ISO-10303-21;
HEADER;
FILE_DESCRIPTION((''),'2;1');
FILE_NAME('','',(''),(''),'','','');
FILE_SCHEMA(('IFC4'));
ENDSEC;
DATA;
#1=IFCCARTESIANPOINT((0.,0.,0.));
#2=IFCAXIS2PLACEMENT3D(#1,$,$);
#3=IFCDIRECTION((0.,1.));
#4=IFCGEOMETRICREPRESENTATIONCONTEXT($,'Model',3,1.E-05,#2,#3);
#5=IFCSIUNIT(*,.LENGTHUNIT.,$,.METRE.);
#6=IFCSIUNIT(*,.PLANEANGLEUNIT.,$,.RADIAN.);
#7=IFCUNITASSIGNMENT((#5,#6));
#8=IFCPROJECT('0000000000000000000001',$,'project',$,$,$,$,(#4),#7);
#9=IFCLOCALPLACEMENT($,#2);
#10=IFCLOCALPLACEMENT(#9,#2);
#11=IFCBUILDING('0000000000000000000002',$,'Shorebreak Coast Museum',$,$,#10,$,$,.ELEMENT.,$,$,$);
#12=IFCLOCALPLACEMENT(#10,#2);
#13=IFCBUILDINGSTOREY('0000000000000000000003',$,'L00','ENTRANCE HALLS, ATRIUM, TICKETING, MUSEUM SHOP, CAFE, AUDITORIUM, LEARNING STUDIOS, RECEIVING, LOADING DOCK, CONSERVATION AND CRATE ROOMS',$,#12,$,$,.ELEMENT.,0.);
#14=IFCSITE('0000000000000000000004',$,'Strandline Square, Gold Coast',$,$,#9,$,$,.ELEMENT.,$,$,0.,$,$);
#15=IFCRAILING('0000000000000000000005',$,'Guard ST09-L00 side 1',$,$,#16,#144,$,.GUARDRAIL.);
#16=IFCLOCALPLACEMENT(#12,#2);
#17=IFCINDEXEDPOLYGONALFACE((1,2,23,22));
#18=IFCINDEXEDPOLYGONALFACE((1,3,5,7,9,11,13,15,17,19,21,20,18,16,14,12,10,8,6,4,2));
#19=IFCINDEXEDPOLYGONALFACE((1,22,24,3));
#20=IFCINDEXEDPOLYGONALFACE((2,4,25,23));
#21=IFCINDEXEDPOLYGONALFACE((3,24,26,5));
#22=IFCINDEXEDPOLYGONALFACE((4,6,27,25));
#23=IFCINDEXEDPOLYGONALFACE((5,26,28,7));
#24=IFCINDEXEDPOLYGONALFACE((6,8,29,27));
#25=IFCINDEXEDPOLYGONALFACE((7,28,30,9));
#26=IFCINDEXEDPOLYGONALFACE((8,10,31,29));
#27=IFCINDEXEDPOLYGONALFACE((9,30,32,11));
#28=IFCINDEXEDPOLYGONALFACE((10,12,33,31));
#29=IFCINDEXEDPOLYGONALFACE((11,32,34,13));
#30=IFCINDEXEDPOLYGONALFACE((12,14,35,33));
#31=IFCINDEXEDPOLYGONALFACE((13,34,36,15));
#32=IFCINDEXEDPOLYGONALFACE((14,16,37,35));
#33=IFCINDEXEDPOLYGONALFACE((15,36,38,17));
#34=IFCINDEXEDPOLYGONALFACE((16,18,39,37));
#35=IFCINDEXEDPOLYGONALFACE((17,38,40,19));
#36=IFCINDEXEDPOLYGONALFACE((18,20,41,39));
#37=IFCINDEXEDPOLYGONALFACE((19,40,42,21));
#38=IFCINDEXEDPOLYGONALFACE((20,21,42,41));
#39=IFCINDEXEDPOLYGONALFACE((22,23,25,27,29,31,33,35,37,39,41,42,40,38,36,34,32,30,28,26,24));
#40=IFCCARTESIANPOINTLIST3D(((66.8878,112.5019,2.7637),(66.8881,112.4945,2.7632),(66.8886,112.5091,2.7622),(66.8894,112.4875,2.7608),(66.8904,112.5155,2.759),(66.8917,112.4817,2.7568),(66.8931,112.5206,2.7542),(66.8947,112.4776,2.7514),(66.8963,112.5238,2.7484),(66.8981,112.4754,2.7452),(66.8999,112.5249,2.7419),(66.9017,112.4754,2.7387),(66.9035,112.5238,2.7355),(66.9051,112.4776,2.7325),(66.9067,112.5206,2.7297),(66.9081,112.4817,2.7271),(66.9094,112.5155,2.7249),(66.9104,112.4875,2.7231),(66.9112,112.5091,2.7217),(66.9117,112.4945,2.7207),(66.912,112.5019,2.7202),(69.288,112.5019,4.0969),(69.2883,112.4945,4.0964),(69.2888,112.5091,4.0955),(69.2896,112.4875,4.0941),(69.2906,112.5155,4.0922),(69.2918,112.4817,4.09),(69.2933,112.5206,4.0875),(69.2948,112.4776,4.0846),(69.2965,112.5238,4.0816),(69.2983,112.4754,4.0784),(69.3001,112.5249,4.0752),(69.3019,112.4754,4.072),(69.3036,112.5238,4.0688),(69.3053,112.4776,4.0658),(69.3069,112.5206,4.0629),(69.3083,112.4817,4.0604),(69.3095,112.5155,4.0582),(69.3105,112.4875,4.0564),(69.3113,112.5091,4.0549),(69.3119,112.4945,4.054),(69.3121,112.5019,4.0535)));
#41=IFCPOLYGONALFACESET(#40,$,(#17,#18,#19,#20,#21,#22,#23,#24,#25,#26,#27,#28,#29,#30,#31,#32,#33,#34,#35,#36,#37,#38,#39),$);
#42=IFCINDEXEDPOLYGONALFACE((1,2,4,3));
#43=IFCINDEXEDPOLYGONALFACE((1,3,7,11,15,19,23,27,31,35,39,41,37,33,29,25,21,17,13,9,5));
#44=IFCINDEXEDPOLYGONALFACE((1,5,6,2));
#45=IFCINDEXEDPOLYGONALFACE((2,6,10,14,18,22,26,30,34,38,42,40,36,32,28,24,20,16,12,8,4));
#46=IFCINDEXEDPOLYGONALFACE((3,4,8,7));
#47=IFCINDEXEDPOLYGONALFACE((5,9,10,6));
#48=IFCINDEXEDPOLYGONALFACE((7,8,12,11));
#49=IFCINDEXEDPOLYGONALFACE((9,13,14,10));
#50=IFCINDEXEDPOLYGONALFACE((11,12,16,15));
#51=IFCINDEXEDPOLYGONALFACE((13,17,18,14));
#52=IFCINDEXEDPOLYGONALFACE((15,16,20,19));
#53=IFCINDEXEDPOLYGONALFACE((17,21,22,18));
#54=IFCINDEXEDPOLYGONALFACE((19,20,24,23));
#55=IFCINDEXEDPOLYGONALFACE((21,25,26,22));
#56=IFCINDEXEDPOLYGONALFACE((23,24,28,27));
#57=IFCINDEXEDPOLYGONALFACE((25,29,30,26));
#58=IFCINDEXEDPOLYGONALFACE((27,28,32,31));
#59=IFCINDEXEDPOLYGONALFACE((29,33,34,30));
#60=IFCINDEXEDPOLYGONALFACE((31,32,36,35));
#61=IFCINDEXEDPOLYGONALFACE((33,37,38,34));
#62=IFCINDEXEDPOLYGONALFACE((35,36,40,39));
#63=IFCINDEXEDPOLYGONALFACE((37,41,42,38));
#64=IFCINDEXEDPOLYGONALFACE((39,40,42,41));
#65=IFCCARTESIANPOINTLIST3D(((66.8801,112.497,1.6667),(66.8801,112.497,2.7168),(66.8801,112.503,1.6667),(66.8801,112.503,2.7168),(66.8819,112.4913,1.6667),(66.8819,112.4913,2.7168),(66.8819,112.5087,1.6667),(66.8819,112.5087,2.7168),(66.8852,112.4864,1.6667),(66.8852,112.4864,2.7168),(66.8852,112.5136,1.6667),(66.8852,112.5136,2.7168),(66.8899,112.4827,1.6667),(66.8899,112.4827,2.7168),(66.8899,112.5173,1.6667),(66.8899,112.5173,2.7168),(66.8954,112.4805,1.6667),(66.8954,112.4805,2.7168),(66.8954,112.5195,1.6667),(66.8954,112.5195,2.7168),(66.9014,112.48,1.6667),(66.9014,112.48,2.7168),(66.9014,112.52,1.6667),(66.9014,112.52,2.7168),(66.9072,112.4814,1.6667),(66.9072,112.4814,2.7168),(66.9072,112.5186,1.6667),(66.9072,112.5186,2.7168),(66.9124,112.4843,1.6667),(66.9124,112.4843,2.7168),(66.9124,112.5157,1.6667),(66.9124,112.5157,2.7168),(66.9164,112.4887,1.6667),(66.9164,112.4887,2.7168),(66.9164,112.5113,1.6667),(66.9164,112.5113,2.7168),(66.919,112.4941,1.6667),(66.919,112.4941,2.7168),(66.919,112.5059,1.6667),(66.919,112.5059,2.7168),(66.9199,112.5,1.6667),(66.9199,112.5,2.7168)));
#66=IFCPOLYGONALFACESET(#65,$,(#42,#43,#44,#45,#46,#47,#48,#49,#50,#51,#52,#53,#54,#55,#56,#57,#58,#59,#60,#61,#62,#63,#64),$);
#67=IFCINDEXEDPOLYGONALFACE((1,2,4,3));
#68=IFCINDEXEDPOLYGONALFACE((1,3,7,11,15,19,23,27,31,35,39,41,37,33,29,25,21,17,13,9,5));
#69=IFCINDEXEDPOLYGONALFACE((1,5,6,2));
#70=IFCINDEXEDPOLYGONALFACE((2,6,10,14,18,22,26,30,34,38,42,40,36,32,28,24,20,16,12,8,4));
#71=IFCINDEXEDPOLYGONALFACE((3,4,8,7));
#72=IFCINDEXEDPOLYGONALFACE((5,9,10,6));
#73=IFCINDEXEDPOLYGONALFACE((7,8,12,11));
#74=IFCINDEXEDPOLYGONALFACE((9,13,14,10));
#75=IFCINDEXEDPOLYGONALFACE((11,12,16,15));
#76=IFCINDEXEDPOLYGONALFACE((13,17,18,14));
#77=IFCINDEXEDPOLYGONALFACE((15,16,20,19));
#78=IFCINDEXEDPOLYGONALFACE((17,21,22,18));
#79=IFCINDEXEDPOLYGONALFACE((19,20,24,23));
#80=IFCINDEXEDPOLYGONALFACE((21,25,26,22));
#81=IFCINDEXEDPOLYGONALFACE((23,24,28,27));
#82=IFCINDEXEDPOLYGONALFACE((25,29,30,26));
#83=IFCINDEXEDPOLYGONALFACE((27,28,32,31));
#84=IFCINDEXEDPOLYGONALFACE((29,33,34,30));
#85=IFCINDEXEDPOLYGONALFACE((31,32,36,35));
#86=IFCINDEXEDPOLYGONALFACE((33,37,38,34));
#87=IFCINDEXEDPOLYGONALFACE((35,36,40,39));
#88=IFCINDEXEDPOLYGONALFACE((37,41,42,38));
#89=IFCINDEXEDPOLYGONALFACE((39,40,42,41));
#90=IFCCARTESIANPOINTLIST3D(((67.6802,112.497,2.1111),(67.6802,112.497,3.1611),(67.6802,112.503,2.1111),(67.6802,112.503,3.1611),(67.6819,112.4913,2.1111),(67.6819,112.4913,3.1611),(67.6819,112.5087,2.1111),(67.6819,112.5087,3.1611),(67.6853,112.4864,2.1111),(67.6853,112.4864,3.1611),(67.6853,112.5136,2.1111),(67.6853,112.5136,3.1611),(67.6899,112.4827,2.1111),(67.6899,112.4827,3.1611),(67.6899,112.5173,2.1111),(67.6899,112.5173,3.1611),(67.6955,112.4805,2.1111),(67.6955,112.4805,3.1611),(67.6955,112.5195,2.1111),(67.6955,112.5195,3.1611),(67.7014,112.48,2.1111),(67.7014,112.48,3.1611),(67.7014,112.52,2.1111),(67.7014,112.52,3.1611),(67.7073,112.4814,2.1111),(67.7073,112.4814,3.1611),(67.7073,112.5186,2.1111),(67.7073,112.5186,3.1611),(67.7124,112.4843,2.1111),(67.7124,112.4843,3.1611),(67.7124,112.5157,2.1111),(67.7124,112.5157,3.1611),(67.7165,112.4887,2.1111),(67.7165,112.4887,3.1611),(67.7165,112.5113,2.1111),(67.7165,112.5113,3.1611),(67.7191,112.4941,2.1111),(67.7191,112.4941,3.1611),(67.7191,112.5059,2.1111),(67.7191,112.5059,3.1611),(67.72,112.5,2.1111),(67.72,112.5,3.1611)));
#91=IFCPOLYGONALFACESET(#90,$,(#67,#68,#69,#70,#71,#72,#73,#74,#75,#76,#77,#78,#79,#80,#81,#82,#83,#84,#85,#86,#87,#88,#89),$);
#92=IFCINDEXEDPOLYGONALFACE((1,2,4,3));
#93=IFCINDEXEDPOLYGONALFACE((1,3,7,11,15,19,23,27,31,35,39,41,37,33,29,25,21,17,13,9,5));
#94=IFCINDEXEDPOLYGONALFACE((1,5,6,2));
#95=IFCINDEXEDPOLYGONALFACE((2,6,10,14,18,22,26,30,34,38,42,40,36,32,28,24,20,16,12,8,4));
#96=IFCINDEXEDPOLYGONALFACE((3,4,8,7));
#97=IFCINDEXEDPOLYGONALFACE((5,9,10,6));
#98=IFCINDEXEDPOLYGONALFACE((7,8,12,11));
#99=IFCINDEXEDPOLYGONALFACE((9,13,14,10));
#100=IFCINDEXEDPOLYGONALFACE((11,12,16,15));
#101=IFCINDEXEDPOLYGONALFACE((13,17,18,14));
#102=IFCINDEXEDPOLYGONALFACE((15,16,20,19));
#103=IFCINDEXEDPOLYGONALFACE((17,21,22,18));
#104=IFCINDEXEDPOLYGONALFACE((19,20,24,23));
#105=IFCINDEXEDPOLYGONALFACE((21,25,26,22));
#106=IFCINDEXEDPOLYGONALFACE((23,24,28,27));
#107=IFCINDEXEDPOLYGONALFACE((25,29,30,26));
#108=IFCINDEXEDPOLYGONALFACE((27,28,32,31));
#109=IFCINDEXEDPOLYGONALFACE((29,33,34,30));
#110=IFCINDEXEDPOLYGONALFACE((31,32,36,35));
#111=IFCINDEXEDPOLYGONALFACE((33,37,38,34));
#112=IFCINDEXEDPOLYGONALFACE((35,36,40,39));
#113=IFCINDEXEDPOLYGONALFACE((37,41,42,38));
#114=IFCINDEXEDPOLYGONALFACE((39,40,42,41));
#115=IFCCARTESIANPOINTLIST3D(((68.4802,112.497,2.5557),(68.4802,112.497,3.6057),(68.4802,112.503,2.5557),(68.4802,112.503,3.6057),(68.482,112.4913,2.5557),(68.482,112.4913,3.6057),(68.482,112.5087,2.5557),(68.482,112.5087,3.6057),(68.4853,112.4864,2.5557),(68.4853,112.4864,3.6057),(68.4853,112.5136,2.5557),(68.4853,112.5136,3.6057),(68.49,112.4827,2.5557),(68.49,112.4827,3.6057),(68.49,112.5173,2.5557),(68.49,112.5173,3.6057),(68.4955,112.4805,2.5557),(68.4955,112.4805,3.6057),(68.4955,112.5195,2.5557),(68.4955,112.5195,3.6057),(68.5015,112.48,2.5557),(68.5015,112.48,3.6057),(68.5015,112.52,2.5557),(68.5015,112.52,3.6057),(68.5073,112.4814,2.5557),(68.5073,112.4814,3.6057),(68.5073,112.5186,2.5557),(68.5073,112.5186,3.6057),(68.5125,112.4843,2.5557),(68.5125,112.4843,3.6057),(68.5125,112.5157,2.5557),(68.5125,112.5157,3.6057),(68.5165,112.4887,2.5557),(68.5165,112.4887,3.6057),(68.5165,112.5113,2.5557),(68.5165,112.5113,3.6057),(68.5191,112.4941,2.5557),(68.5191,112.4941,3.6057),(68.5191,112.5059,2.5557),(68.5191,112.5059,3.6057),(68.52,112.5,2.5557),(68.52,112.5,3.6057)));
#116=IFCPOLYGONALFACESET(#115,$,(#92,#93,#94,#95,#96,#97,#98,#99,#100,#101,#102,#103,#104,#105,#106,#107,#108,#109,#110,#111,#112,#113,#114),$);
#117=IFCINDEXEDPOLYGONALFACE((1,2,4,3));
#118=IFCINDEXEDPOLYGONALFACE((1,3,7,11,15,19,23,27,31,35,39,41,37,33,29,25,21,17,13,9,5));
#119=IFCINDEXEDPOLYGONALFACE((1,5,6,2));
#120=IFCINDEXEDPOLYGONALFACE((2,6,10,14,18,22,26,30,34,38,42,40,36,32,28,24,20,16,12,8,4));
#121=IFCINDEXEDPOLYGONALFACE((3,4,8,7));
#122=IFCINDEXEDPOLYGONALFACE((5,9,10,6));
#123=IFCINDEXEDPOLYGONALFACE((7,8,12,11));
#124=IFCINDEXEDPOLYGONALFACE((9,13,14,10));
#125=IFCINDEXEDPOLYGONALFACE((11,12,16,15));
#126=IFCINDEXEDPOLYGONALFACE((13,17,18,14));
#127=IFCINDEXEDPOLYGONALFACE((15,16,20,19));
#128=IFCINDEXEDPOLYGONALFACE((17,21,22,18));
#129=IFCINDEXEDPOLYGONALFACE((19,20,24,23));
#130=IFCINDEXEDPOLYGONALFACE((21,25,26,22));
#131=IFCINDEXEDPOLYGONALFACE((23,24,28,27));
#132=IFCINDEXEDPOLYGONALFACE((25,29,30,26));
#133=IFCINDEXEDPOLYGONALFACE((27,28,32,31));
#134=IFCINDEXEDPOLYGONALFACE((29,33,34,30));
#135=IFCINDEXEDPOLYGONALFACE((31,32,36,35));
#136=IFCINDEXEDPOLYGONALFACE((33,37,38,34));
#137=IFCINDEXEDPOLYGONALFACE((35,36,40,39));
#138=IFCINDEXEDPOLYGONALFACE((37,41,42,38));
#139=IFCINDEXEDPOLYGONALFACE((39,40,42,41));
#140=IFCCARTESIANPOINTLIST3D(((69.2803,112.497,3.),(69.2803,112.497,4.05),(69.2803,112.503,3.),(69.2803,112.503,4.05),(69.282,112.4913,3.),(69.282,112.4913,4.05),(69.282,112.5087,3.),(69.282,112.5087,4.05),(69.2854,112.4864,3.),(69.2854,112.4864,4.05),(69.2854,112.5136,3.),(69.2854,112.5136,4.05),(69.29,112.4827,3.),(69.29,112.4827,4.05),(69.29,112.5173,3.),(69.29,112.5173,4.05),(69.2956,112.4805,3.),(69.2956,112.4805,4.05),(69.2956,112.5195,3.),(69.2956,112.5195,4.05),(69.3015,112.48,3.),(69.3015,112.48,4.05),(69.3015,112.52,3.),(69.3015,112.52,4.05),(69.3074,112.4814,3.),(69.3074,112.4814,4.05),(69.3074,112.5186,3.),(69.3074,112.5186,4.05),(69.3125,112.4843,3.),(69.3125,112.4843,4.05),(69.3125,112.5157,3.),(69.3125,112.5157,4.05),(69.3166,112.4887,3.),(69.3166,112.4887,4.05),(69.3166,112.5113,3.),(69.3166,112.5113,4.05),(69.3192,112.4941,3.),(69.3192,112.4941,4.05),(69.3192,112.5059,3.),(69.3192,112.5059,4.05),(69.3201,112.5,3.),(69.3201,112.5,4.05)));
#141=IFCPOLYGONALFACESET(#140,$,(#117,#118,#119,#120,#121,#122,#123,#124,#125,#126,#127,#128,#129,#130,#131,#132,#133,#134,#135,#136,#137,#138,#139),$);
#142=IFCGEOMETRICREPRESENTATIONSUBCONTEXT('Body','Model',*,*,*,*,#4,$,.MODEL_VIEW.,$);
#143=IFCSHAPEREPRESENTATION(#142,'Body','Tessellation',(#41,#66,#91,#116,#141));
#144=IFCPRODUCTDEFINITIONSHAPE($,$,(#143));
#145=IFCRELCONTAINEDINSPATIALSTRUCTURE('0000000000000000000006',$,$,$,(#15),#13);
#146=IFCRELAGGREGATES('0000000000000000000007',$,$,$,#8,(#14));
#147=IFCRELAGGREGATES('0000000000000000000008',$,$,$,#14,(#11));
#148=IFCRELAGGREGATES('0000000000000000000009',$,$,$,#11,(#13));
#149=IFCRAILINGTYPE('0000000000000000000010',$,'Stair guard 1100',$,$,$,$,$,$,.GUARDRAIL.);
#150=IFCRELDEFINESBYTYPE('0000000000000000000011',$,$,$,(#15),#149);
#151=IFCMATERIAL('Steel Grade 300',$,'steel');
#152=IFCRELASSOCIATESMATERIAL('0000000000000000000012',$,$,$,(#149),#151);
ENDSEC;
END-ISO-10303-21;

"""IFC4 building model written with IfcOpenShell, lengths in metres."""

from ifc_helpers import new_model, si_unit, direction, frame, origin, origin_2d, place, context, subcontext, project, spatial, circle, extrude, material, type_object, element, save


model = new_model("IFC4")

# Units and contexts
model_context = context("Model", 3, precision=1e-05, world=origin(), true_north=direction((0.0, 1.0)))
body_context = subcontext(model_context, "Body", "Model", "MODEL_VIEW")
ifc_project = project(units=[si_unit("LENGTHUNIT", "METRE"), si_unit("PLANEANGLEUNIT", "RADIAN")], contexts=[model_context])

# Site, building, storey
site_placement = place(None, origin())
site = spatial("IfcSite", under=ifc_project, at=site_placement, Name="Strandline Square, Gold Coast", CompositionType="ELEMENT", RefElevation=0.0)
building_placement = place(site_placement, origin())
building = spatial("IfcBuilding", under=site, at=building_placement, Name="Shorebreak Coast Museum", CompositionType="ELEMENT")
storey_placement = place(building_placement, origin())
storey = spatial("IfcBuildingStorey", under=building, at=storey_placement, Name="L00", Description="ENTRANCE HALLS, ATRIUM, TICKETING, MUSEUM SHOP, CAFE, AUDITORIUM, LEARNING STUDIOS, RECEIVING, LOADING DOCK, CONSERVATION AND CRATE ROOMS", CompositionType="ELEMENT", Elevation=0.0)

# Railing
ifc_material_1 = material(Name="Steel Grade 300", Category="steel")
railing_type_1 = type_object("IfcRailingType", Name="Stair guard 1100", PredefinedType="GUARDRAIL", material=ifc_material_1)
for number, where, name in (
    (1, (66.8999, 112.5, 1.6667), "Guard ST09-L00 side 1"),
):
    element("IfcRailing", number, at=place(storey_placement, frame(where)), inside=storey, type_object=railing_type_1, Name=name, PredefinedType="GUARDRAIL", context=body_context, shape_type="SweptSolid", body=[
        extrude(circle(Radius=0.0249, at=origin_2d()), frame((0.0, 0.0, 1.0752), z_axis=(0.874182, 0.0, 0.485598), x_axis=(0.0, 1.0, 0.0)), (0.0, 0.0, 1.0), 2.7456),
        extrude(circle(Radius=0.02, at=origin_2d()), origin(), (0.0, 0.0, 1.0), 1.05),
        extrude(circle(Radius=0.02, at=origin_2d()), frame((0.8, 0.0, 0.4443)), (0.0, 0.0, 1.0), 1.05),
        extrude(circle(Radius=0.02, at=origin_2d()), frame((1.6001, 0.0, 0.8889)), (0.0, 0.0, 1.0), 1.05),
        extrude(circle(Radius=0.02, at=origin_2d()), frame((2.4001, 0.0, 1.3333)), (0.0, 0.0, 1.0), 1.05),
    ])

save(model, "model.ifc")
